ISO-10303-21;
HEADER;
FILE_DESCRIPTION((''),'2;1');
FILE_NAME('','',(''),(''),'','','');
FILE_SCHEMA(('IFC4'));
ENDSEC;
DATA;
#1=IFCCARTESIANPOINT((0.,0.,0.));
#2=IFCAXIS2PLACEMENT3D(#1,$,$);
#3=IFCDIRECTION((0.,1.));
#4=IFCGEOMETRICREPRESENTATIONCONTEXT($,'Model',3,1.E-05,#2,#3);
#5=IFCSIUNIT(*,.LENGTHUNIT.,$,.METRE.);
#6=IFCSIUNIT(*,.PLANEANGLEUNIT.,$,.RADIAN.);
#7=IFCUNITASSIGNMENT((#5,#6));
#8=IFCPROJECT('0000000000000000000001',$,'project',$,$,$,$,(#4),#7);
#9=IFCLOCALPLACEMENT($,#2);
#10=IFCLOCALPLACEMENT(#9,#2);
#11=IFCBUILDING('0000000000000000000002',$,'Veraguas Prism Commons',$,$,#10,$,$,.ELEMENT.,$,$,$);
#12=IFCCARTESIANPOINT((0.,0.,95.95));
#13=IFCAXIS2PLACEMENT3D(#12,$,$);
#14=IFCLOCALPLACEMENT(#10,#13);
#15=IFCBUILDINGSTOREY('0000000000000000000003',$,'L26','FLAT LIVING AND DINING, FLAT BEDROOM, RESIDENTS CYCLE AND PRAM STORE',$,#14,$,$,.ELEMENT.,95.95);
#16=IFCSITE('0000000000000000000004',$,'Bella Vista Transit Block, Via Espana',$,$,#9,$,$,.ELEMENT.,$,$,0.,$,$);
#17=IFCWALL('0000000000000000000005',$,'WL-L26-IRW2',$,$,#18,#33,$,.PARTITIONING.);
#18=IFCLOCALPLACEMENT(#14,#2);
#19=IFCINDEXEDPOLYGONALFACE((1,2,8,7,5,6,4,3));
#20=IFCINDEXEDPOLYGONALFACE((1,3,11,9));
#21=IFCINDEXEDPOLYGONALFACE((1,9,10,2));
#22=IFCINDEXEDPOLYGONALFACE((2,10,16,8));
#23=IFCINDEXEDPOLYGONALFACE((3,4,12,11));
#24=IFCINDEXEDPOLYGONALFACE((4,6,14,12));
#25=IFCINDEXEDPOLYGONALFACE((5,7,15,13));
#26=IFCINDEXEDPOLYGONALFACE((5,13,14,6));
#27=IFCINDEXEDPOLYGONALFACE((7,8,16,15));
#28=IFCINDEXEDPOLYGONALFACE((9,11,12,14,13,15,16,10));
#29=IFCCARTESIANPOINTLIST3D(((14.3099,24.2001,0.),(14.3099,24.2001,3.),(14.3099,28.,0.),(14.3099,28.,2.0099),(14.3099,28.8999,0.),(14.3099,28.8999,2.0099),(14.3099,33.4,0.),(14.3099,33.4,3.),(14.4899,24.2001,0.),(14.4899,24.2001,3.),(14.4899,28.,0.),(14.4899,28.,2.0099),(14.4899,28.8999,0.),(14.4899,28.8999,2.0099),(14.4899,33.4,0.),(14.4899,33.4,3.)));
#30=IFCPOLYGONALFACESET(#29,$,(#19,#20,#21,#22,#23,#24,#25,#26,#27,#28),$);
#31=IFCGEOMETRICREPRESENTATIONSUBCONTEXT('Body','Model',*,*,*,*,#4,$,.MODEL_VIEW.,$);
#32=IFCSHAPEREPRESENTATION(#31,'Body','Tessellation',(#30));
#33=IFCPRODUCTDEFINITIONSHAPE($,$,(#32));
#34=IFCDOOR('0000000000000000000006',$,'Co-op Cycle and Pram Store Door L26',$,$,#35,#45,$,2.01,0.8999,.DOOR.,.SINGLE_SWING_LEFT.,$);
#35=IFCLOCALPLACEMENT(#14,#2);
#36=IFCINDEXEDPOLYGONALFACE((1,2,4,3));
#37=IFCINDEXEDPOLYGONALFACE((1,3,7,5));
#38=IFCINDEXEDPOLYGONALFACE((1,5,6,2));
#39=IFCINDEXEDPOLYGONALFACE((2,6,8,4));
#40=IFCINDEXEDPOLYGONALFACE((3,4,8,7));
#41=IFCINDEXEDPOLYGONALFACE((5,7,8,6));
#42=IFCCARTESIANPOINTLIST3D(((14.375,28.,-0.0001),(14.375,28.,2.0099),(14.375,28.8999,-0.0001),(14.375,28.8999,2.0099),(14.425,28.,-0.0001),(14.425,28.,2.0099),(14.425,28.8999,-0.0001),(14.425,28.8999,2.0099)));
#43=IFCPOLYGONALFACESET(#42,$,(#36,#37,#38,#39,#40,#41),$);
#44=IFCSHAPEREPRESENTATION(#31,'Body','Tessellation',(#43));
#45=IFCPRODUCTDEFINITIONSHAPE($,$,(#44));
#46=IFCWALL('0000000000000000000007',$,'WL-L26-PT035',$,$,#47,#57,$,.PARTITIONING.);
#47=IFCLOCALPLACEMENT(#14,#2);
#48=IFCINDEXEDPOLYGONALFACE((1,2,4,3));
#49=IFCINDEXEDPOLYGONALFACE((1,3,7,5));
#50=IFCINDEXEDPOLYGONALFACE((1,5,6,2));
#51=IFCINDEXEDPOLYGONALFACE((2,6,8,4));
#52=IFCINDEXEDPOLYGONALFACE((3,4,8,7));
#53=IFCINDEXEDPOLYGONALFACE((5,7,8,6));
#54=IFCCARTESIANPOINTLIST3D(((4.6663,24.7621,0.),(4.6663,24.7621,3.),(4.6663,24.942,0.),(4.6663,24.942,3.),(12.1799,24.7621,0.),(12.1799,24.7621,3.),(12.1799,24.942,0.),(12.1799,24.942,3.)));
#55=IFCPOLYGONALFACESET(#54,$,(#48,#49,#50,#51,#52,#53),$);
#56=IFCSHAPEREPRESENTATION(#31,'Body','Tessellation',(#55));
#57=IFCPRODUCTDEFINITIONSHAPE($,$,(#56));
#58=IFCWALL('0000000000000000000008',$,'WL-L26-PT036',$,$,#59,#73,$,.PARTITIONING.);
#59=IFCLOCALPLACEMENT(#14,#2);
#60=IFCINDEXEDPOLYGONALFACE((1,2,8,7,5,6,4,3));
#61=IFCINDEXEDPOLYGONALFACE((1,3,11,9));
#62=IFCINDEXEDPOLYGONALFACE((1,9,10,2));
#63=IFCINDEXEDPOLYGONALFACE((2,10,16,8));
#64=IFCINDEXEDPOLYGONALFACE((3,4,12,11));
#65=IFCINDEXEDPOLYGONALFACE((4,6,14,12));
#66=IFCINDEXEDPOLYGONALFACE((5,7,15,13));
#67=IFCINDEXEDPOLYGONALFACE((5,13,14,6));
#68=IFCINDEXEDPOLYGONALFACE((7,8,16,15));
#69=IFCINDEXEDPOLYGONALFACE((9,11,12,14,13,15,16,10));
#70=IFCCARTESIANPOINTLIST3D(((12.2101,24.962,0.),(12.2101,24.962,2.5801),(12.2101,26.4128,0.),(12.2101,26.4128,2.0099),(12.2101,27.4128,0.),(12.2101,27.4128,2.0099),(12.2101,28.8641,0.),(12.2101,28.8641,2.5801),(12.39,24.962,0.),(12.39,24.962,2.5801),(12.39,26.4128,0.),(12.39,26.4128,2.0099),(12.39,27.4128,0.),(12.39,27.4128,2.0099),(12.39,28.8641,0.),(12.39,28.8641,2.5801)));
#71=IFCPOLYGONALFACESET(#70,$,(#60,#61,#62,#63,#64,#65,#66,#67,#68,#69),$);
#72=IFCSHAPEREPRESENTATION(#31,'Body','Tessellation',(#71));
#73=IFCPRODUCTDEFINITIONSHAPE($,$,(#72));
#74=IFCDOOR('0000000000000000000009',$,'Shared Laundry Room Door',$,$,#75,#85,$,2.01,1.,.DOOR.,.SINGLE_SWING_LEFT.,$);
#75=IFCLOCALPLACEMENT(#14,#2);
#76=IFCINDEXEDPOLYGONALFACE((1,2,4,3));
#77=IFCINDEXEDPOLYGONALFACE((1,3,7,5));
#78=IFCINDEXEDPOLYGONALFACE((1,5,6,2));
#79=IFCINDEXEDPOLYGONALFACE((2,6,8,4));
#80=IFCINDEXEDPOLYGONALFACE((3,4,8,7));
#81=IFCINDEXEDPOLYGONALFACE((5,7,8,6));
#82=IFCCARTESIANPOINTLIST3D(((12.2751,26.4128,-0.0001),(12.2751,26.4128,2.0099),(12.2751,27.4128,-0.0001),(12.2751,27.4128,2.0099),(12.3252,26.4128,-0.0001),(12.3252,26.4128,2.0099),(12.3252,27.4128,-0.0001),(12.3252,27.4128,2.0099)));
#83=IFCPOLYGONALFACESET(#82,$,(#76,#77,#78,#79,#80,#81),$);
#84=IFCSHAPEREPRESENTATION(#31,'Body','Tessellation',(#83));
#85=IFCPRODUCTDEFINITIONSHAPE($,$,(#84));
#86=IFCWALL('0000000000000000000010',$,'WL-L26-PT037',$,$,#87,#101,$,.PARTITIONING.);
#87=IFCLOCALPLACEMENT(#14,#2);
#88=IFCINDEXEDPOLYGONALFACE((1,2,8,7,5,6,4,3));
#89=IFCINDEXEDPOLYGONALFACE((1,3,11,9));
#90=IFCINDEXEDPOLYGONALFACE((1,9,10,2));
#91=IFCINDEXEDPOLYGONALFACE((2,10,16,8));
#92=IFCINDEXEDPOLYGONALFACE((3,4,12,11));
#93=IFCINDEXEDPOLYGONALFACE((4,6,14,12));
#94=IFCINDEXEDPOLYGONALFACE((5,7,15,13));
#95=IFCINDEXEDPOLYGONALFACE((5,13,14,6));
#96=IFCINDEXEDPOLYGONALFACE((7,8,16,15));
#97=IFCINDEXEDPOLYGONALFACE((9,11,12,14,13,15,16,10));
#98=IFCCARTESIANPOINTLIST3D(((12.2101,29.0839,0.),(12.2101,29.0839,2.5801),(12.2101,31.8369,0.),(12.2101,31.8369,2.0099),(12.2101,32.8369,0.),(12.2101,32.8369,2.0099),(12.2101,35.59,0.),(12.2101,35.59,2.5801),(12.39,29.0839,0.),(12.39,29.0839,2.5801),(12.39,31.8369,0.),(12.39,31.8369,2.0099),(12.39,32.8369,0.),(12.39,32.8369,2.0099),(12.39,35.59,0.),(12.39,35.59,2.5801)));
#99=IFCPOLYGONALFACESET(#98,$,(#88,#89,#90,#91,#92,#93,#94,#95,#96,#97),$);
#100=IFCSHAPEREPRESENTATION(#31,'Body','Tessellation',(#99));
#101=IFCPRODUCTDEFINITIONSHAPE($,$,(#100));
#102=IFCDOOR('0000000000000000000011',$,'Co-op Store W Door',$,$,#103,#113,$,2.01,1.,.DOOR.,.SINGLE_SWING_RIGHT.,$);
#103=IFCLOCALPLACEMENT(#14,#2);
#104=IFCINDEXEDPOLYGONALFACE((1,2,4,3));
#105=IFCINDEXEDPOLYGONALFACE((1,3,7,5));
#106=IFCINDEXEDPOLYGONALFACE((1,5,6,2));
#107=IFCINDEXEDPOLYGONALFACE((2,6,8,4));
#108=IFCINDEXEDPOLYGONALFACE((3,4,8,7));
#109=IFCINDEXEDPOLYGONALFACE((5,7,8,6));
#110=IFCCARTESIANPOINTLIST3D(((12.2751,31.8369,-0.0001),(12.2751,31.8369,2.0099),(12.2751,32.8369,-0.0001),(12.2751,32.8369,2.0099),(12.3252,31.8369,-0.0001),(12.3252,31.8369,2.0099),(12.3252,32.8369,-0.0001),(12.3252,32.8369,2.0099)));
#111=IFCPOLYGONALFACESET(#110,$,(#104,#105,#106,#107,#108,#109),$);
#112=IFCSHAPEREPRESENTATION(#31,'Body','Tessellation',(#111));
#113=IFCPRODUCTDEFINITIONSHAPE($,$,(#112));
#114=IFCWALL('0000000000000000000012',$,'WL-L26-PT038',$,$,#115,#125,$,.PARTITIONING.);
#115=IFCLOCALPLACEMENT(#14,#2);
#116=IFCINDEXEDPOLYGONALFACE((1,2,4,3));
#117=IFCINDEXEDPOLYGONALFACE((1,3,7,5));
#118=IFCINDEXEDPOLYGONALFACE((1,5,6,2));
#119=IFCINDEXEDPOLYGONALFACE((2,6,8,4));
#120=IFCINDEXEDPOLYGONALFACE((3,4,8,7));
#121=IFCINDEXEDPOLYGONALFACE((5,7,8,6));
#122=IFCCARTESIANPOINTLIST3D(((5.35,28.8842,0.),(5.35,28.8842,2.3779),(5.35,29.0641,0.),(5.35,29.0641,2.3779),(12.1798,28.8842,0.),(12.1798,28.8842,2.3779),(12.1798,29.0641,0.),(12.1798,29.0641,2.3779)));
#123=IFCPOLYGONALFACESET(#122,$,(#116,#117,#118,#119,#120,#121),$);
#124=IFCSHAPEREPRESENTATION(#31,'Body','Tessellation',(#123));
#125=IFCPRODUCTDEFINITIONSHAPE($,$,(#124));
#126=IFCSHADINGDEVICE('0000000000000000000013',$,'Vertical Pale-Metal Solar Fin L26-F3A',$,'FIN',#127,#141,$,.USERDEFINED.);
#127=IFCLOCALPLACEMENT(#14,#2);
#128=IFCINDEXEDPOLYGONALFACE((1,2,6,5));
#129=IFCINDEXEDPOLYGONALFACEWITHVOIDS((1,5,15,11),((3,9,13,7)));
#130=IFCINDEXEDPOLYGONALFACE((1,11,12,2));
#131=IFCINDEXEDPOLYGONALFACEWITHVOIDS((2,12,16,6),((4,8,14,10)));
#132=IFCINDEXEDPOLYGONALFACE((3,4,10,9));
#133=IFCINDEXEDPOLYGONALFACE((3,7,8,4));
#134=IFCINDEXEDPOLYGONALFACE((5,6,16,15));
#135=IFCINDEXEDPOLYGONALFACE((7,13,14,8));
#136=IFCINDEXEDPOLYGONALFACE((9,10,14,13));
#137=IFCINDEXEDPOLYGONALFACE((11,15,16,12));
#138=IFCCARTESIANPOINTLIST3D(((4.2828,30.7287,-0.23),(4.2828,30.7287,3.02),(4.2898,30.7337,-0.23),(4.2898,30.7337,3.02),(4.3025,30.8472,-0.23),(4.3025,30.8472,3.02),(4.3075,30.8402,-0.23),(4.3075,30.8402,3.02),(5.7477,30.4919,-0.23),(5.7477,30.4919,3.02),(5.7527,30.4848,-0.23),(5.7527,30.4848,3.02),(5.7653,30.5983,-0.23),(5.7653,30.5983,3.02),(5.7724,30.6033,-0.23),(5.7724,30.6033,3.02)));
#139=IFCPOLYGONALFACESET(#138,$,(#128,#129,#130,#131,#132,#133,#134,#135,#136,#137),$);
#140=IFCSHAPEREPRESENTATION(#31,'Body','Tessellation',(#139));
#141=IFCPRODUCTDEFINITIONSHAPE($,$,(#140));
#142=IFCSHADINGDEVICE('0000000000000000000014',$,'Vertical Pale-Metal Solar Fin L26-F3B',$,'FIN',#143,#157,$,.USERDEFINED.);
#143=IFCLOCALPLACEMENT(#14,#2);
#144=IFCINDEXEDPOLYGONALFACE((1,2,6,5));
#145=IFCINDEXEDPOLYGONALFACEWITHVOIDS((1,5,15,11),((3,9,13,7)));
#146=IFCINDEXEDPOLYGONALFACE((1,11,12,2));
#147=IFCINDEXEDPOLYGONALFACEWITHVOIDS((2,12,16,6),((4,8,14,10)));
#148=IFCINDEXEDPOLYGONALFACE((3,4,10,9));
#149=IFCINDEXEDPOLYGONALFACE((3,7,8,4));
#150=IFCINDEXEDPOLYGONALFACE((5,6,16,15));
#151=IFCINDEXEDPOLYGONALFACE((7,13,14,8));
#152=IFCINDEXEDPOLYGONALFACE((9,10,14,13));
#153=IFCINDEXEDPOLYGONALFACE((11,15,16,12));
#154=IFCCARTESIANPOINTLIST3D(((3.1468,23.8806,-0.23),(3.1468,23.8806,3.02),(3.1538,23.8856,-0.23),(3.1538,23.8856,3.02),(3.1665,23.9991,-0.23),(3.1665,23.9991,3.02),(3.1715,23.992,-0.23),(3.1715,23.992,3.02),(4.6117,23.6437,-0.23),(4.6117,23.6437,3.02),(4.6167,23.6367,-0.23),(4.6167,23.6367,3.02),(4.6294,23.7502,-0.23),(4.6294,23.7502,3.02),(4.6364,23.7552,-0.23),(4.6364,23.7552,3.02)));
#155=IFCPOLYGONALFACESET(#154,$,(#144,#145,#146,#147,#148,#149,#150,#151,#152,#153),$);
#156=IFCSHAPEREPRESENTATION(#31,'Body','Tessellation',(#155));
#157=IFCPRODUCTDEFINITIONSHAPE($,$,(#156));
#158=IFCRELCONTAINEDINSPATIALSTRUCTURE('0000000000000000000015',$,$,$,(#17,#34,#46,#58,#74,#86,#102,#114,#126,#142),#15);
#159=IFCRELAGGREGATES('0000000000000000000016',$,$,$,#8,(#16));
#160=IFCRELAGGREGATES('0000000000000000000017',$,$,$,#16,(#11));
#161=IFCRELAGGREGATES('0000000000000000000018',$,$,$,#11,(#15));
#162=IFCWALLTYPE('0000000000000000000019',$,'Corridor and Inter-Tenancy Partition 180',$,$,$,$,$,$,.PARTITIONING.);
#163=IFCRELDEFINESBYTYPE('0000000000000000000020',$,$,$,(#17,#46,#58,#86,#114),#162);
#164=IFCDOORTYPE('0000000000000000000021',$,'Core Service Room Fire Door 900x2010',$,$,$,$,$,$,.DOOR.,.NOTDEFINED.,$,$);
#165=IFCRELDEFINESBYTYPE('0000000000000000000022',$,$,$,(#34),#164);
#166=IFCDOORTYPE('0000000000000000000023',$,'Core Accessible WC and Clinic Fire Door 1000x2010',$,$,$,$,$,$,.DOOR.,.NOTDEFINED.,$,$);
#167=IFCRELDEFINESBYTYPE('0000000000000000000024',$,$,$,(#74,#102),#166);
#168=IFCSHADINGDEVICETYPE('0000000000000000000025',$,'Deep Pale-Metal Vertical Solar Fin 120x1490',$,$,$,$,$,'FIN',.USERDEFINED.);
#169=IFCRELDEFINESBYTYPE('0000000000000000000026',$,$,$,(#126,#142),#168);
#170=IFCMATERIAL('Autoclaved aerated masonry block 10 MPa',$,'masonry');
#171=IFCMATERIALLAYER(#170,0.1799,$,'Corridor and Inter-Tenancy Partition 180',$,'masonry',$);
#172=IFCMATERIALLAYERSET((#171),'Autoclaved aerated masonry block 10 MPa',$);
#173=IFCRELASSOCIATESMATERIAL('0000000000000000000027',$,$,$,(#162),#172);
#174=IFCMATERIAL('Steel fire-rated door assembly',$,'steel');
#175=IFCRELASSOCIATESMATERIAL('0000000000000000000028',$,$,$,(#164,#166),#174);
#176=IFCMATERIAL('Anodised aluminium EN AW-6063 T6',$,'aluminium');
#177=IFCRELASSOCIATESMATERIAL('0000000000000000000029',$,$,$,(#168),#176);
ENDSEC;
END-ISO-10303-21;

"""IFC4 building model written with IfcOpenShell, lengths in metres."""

from ifc_helpers import new_model, si_unit, direction, frame, frame_2d, origin, origin_2d, place, context, subcontext, project, spatial, rectangle, hollow_rectangle, extrude, source, transform, mapped, material, layer, layer_set, material_profile, profile_set, type_object, element, fill, save


model = new_model("IFC4")

# Units and contexts
model_context = context("Model", 3, precision=1e-05, world=origin(), true_north=direction((0.0, 1.0)))
body_context = subcontext(model_context, "Body", "Model", "MODEL_VIEW")
ifc_project = project(units=[si_unit("LENGTHUNIT", "METRE"), si_unit("PLANEANGLEUNIT", "RADIAN")], contexts=[model_context])

# Site, building, storey
site_placement = place(None, origin())
site = spatial("IfcSite", under=ifc_project, at=site_placement, Name="Bella Vista Transit Block, Via Espana", CompositionType="ELEMENT", RefElevation=0.0)
building_placement = place(site_placement, origin())
building = spatial("IfcBuilding", under=site, at=building_placement, Name="Veraguas Prism Commons", CompositionType="ELEMENT")
storey_placement = place(building_placement, frame((0.0, 0.0, 95.95)))
storey = spatial("IfcBuildingStorey", under=building, at=storey_placement, Name="L26", Description="FLAT LIVING AND DINING, FLAT BEDROOM, RESIDENTS CYCLE AND PRAM STORE", CompositionType="ELEMENT", Elevation=95.95)

# Shared definitions
ifc_material_1 = material(Name="Anodised aluminium EN AW-6063 T6", Category="aluminium")

# Wall, opening, door
ifc_material_2 = material(Name="Autoclaved aerated masonry block 10 MPa", Category="masonry")
ifc_layer_1 = layer(ifc_material_2, 0.1799, Name="Corridor and Inter-Tenancy Partition 180", Category="masonry")
ifc_layer_set_1 = layer_set([ifc_layer_1], Name="Autoclaved aerated masonry block 10 MPa")
wall_type = type_object("IfcWallType", Name="Corridor and Inter-Tenancy Partition 180", PredefinedType="PARTITIONING", material=ifc_layer_set_1)
wall_1_placement = place(storey_placement, frame((14.3999, 24.2, 0.0), z_axis=(0.0, 0.0, 1.0), x_axis=(0.0, 1.0, 0.0)))
wall_1 = element("IfcWall", 1, at=wall_1_placement, inside=storey, type_object=wall_type, Name="WL-L26-IRW2", PredefinedType="PARTITIONING", context=body_context, shape_type="SweptSolid", body=[
    extrude(rectangle(XDim=9.2, YDim=0.1799, at=frame_2d((4.6001, 0.0))), origin(), (0.0, 0.0, 1.0), 3.0),
])
opening_1_placement = place(wall_1_placement, frame((3.8, 0.0, 0.0)))
opening_1 = element("IfcOpeningElement", 2, at=opening_1_placement, cuts=wall_1, PredefinedType="OPENING", context=body_context, shape_type="SweptSolid", body=[
    extrude(rectangle(XDim=0.8999, YDim=2.01, at=frame_2d((0.45, 1.0049))), frame((0.0, 0.0999, 0.0), z_axis=(0.0, -1.0, 0.0), x_axis=(1.0, 0.0, 0.0)), (0.0, 0.0, 1.0), 0.2),
])
ifc_material_3 = material(Name="Steel fire-rated door assembly", Category="steel")
door_type_1 = type_object("IfcDoorType", Name="Core Service Room Fire Door 900x2010", OperationType="NOTDEFINED", PredefinedType="DOOR", material=ifc_material_3)
shared_shape_1 = source(origin(), body_context, "Body", "SweptSolid", [
    extrude(rectangle(XDim=0.8999, YDim=2.01, at=frame_2d((0.45, 1.0049))), frame((0.0, 0.0249, 0.0), z_axis=(0.0, -1.0, 0.0), x_axis=(1.0, 0.0, 0.0)), (0.0, 0.0, 1.0), 0.05),
])
door_1_placement = place(opening_1_placement, origin())
door_1 = element("IfcDoor", 3, at=door_1_placement, inside=storey, type_object=door_type_1, Name="Co-op Cycle and Pram Store Door L26", OperationType="SINGLE_SWING_LEFT", OverallHeight=2.01, OverallWidth=0.8999, PredefinedType="DOOR", context=body_context, shape_type="MappedRepresentation", body=[
    mapped(shared_shape_1, transform((0.0, 0.0, 0.0), scale=1.0)),
])
fill(opening_1, door_1)

# Wall
wall_2_placement = place(storey_placement, frame((12.1799, 24.8521, 0.0), z_axis=(0.0, 0.0, 1.0), x_axis=(-1.0, 0.0, 0.0)))
element("IfcWall", 4, at=wall_2_placement, inside=storey, type_object=wall_type, Name="WL-L26-PT035", PredefinedType="PARTITIONING", context=body_context, shape_type="SweptSolid", body=[
    extrude(rectangle(XDim=7.5137, YDim=0.1799, at=frame_2d((3.7568, 0.0))), origin(), (0.0, 0.0, 1.0), 3.0),
])

# Walls, openings, doors
wall_3_placement = place(storey_placement, frame((12.3, 24.9619, 0.0), z_axis=(0.0, 0.0, 1.0), x_axis=(0.0, 1.0, 0.0)))
wall_3 = element("IfcWall", 5, at=wall_3_placement, inside=storey, type_object=wall_type, Name="WL-L26-PT036", PredefinedType="PARTITIONING", context=body_context, shape_type="SweptSolid", body=[
    extrude(rectangle(XDim=3.9021, YDim=0.1799, at=frame_2d((1.9512, 0.0))), origin(), (0.0, 0.0, 1.0), 2.5801),
])
opening_2_placement = place(wall_3_placement, frame((1.4509, 0.0, 0.0)))
opening_2 = element("IfcOpeningElement", 6, at=opening_2_placement, cuts=wall_3, PredefinedType="OPENING", context=body_context, shape_type="SweptSolid", body=[
    extrude(rectangle(XDim=1.0, YDim=2.01, at=frame_2d((0.5, 1.0049))), frame((0.0, 0.0999, 0.0), z_axis=(0.0, -1.0, 0.0), x_axis=(1.0, 0.0, 0.0)), (0.0, 0.0, 1.0), 0.2),
])
door_type_2 = type_object("IfcDoorType", Name="Core Accessible WC and Clinic Fire Door 1000x2010", OperationType="NOTDEFINED", PredefinedType="DOOR", material=ifc_material_3)
shared_shape_2 = source(origin(), body_context, "Body", "SweptSolid", [
    extrude(rectangle(XDim=1.0, YDim=2.01, at=frame_2d((0.5, 1.0049))), frame((0.0, 0.0249, 0.0), z_axis=(0.0, -1.0, 0.0), x_axis=(1.0, 0.0, 0.0)), (0.0, 0.0, 1.0), 0.05),
])
door_2_placement = place(opening_2_placement, origin())
door_2 = element("IfcDoor", 7, at=door_2_placement, inside=storey, type_object=door_type_2, Name="Shared Laundry Room Door", OperationType="SINGLE_SWING_LEFT", OverallHeight=2.01, OverallWidth=1.0, PredefinedType="DOOR", context=body_context, shape_type="MappedRepresentation", body=[
    mapped(shared_shape_2, transform((0.0, 0.0, 0.0), scale=1.0)),
])
fill(opening_2, door_2)
wall_4_placement = place(storey_placement, frame((12.3, 29.084, 0.0), z_axis=(0.0, 0.0, 1.0), x_axis=(0.0, 1.0, 0.0)))
wall_4 = element("IfcWall", 8, at=wall_4_placement, inside=storey, type_object=wall_type, Name="WL-L26-PT037", PredefinedType="PARTITIONING", context=body_context, shape_type="SweptSolid", body=[
    extrude(rectangle(XDim=6.5061, YDim=0.1799, at=frame_2d((3.2529, 0.0))), origin(), (0.0, 0.0, 1.0), 2.5801),
])
opening_3_placement = place(wall_4_placement, frame((2.7529, 0.0, 0.0)))
opening_3 = element("IfcOpeningElement", 9, at=opening_3_placement, cuts=wall_4, PredefinedType="OPENING", context=body_context, shape_type="SweptSolid", body=[
    extrude(rectangle(XDim=1.0, YDim=2.01, at=frame_2d((0.5, 1.0049))), frame((0.0, 0.0999, 0.0), z_axis=(0.0, -1.0, 0.0), x_axis=(1.0, 0.0, 0.0)), (0.0, 0.0, 1.0), 0.2),
])
door_3_placement = place(opening_3_placement, origin())
door_3 = element("IfcDoor", 10, at=door_3_placement, inside=storey, type_object=door_type_2, Name="Co-op Store W Door", OperationType="SINGLE_SWING_RIGHT", OverallHeight=2.01, OverallWidth=1.0, PredefinedType="DOOR", context=body_context, shape_type="MappedRepresentation", body=[
    mapped(shared_shape_2, transform((0.0, 0.0, 0.0), scale=1.0)),
])
fill(opening_3, door_3)

# Wall
wall_5_placement = place(storey_placement, frame((12.1799, 28.9741, 0.0), z_axis=(0.0, 0.0, 1.0), x_axis=(-1.0, 0.0, 0.0)))
element("IfcWall", 11, at=wall_5_placement, inside=storey, type_object=wall_type, Name="WL-L26-PT038", PredefinedType="PARTITIONING", context=body_context, shape_type="SweptSolid", body=[
    extrude(rectangle(XDim=6.8298, YDim=0.1799, at=frame_2d((3.415, 0.0))), origin(), (0.0, 0.0, 1.0), 2.3779),
])

# Shading devices
ifc_material_profile_1 = material_profile(ifc_material_1, hollow_rectangle(XDim=0.1201, YDim=1.49, WallThickness=0.0061, at=origin_2d()), Name="FIN120X1490X6")
ifc_profile_set_1 = profile_set([ifc_material_profile_1], Name="Anodised aluminium EN AW-6063 T6")
shading_device_type = type_object("IfcShadingDeviceType", Name="Deep Pale-Metal Vertical Solar Fin 120x1490", ElementType="FIN", PredefinedType="USERDEFINED", material=ifc_profile_set_1)
for number, where, z_axis, x_axis, name in (
    (12, (5.0276, 30.666, -0.23), (0.0, 0.0, 1.0), (-0.16367, -0.986515, 0.0), "Vertical Pale-Metal Solar Fin L26-F3A"),
    (13, (3.8916, 23.8179, -0.23), (0.0, 0.0, 1.0), (-0.16367, -0.986515, 0.0), "Vertical Pale-Metal Solar Fin L26-F3B"),
):
    element("IfcShadingDevice", number, at=place(storey_placement, frame(where, z_axis=z_axis, x_axis=x_axis)), inside=storey, type_object=shading_device_type, Name=name, ObjectType="FIN", PredefinedType="USERDEFINED", context=body_context, shape_type="SweptSolid", body=[
        extrude(hollow_rectangle(XDim=0.1201, YDim=1.49, WallThickness=0.0061, at=origin_2d()), origin(), (0.0, 0.0, 1.0), 3.25),
    ])

save(model, "model.ifc")
